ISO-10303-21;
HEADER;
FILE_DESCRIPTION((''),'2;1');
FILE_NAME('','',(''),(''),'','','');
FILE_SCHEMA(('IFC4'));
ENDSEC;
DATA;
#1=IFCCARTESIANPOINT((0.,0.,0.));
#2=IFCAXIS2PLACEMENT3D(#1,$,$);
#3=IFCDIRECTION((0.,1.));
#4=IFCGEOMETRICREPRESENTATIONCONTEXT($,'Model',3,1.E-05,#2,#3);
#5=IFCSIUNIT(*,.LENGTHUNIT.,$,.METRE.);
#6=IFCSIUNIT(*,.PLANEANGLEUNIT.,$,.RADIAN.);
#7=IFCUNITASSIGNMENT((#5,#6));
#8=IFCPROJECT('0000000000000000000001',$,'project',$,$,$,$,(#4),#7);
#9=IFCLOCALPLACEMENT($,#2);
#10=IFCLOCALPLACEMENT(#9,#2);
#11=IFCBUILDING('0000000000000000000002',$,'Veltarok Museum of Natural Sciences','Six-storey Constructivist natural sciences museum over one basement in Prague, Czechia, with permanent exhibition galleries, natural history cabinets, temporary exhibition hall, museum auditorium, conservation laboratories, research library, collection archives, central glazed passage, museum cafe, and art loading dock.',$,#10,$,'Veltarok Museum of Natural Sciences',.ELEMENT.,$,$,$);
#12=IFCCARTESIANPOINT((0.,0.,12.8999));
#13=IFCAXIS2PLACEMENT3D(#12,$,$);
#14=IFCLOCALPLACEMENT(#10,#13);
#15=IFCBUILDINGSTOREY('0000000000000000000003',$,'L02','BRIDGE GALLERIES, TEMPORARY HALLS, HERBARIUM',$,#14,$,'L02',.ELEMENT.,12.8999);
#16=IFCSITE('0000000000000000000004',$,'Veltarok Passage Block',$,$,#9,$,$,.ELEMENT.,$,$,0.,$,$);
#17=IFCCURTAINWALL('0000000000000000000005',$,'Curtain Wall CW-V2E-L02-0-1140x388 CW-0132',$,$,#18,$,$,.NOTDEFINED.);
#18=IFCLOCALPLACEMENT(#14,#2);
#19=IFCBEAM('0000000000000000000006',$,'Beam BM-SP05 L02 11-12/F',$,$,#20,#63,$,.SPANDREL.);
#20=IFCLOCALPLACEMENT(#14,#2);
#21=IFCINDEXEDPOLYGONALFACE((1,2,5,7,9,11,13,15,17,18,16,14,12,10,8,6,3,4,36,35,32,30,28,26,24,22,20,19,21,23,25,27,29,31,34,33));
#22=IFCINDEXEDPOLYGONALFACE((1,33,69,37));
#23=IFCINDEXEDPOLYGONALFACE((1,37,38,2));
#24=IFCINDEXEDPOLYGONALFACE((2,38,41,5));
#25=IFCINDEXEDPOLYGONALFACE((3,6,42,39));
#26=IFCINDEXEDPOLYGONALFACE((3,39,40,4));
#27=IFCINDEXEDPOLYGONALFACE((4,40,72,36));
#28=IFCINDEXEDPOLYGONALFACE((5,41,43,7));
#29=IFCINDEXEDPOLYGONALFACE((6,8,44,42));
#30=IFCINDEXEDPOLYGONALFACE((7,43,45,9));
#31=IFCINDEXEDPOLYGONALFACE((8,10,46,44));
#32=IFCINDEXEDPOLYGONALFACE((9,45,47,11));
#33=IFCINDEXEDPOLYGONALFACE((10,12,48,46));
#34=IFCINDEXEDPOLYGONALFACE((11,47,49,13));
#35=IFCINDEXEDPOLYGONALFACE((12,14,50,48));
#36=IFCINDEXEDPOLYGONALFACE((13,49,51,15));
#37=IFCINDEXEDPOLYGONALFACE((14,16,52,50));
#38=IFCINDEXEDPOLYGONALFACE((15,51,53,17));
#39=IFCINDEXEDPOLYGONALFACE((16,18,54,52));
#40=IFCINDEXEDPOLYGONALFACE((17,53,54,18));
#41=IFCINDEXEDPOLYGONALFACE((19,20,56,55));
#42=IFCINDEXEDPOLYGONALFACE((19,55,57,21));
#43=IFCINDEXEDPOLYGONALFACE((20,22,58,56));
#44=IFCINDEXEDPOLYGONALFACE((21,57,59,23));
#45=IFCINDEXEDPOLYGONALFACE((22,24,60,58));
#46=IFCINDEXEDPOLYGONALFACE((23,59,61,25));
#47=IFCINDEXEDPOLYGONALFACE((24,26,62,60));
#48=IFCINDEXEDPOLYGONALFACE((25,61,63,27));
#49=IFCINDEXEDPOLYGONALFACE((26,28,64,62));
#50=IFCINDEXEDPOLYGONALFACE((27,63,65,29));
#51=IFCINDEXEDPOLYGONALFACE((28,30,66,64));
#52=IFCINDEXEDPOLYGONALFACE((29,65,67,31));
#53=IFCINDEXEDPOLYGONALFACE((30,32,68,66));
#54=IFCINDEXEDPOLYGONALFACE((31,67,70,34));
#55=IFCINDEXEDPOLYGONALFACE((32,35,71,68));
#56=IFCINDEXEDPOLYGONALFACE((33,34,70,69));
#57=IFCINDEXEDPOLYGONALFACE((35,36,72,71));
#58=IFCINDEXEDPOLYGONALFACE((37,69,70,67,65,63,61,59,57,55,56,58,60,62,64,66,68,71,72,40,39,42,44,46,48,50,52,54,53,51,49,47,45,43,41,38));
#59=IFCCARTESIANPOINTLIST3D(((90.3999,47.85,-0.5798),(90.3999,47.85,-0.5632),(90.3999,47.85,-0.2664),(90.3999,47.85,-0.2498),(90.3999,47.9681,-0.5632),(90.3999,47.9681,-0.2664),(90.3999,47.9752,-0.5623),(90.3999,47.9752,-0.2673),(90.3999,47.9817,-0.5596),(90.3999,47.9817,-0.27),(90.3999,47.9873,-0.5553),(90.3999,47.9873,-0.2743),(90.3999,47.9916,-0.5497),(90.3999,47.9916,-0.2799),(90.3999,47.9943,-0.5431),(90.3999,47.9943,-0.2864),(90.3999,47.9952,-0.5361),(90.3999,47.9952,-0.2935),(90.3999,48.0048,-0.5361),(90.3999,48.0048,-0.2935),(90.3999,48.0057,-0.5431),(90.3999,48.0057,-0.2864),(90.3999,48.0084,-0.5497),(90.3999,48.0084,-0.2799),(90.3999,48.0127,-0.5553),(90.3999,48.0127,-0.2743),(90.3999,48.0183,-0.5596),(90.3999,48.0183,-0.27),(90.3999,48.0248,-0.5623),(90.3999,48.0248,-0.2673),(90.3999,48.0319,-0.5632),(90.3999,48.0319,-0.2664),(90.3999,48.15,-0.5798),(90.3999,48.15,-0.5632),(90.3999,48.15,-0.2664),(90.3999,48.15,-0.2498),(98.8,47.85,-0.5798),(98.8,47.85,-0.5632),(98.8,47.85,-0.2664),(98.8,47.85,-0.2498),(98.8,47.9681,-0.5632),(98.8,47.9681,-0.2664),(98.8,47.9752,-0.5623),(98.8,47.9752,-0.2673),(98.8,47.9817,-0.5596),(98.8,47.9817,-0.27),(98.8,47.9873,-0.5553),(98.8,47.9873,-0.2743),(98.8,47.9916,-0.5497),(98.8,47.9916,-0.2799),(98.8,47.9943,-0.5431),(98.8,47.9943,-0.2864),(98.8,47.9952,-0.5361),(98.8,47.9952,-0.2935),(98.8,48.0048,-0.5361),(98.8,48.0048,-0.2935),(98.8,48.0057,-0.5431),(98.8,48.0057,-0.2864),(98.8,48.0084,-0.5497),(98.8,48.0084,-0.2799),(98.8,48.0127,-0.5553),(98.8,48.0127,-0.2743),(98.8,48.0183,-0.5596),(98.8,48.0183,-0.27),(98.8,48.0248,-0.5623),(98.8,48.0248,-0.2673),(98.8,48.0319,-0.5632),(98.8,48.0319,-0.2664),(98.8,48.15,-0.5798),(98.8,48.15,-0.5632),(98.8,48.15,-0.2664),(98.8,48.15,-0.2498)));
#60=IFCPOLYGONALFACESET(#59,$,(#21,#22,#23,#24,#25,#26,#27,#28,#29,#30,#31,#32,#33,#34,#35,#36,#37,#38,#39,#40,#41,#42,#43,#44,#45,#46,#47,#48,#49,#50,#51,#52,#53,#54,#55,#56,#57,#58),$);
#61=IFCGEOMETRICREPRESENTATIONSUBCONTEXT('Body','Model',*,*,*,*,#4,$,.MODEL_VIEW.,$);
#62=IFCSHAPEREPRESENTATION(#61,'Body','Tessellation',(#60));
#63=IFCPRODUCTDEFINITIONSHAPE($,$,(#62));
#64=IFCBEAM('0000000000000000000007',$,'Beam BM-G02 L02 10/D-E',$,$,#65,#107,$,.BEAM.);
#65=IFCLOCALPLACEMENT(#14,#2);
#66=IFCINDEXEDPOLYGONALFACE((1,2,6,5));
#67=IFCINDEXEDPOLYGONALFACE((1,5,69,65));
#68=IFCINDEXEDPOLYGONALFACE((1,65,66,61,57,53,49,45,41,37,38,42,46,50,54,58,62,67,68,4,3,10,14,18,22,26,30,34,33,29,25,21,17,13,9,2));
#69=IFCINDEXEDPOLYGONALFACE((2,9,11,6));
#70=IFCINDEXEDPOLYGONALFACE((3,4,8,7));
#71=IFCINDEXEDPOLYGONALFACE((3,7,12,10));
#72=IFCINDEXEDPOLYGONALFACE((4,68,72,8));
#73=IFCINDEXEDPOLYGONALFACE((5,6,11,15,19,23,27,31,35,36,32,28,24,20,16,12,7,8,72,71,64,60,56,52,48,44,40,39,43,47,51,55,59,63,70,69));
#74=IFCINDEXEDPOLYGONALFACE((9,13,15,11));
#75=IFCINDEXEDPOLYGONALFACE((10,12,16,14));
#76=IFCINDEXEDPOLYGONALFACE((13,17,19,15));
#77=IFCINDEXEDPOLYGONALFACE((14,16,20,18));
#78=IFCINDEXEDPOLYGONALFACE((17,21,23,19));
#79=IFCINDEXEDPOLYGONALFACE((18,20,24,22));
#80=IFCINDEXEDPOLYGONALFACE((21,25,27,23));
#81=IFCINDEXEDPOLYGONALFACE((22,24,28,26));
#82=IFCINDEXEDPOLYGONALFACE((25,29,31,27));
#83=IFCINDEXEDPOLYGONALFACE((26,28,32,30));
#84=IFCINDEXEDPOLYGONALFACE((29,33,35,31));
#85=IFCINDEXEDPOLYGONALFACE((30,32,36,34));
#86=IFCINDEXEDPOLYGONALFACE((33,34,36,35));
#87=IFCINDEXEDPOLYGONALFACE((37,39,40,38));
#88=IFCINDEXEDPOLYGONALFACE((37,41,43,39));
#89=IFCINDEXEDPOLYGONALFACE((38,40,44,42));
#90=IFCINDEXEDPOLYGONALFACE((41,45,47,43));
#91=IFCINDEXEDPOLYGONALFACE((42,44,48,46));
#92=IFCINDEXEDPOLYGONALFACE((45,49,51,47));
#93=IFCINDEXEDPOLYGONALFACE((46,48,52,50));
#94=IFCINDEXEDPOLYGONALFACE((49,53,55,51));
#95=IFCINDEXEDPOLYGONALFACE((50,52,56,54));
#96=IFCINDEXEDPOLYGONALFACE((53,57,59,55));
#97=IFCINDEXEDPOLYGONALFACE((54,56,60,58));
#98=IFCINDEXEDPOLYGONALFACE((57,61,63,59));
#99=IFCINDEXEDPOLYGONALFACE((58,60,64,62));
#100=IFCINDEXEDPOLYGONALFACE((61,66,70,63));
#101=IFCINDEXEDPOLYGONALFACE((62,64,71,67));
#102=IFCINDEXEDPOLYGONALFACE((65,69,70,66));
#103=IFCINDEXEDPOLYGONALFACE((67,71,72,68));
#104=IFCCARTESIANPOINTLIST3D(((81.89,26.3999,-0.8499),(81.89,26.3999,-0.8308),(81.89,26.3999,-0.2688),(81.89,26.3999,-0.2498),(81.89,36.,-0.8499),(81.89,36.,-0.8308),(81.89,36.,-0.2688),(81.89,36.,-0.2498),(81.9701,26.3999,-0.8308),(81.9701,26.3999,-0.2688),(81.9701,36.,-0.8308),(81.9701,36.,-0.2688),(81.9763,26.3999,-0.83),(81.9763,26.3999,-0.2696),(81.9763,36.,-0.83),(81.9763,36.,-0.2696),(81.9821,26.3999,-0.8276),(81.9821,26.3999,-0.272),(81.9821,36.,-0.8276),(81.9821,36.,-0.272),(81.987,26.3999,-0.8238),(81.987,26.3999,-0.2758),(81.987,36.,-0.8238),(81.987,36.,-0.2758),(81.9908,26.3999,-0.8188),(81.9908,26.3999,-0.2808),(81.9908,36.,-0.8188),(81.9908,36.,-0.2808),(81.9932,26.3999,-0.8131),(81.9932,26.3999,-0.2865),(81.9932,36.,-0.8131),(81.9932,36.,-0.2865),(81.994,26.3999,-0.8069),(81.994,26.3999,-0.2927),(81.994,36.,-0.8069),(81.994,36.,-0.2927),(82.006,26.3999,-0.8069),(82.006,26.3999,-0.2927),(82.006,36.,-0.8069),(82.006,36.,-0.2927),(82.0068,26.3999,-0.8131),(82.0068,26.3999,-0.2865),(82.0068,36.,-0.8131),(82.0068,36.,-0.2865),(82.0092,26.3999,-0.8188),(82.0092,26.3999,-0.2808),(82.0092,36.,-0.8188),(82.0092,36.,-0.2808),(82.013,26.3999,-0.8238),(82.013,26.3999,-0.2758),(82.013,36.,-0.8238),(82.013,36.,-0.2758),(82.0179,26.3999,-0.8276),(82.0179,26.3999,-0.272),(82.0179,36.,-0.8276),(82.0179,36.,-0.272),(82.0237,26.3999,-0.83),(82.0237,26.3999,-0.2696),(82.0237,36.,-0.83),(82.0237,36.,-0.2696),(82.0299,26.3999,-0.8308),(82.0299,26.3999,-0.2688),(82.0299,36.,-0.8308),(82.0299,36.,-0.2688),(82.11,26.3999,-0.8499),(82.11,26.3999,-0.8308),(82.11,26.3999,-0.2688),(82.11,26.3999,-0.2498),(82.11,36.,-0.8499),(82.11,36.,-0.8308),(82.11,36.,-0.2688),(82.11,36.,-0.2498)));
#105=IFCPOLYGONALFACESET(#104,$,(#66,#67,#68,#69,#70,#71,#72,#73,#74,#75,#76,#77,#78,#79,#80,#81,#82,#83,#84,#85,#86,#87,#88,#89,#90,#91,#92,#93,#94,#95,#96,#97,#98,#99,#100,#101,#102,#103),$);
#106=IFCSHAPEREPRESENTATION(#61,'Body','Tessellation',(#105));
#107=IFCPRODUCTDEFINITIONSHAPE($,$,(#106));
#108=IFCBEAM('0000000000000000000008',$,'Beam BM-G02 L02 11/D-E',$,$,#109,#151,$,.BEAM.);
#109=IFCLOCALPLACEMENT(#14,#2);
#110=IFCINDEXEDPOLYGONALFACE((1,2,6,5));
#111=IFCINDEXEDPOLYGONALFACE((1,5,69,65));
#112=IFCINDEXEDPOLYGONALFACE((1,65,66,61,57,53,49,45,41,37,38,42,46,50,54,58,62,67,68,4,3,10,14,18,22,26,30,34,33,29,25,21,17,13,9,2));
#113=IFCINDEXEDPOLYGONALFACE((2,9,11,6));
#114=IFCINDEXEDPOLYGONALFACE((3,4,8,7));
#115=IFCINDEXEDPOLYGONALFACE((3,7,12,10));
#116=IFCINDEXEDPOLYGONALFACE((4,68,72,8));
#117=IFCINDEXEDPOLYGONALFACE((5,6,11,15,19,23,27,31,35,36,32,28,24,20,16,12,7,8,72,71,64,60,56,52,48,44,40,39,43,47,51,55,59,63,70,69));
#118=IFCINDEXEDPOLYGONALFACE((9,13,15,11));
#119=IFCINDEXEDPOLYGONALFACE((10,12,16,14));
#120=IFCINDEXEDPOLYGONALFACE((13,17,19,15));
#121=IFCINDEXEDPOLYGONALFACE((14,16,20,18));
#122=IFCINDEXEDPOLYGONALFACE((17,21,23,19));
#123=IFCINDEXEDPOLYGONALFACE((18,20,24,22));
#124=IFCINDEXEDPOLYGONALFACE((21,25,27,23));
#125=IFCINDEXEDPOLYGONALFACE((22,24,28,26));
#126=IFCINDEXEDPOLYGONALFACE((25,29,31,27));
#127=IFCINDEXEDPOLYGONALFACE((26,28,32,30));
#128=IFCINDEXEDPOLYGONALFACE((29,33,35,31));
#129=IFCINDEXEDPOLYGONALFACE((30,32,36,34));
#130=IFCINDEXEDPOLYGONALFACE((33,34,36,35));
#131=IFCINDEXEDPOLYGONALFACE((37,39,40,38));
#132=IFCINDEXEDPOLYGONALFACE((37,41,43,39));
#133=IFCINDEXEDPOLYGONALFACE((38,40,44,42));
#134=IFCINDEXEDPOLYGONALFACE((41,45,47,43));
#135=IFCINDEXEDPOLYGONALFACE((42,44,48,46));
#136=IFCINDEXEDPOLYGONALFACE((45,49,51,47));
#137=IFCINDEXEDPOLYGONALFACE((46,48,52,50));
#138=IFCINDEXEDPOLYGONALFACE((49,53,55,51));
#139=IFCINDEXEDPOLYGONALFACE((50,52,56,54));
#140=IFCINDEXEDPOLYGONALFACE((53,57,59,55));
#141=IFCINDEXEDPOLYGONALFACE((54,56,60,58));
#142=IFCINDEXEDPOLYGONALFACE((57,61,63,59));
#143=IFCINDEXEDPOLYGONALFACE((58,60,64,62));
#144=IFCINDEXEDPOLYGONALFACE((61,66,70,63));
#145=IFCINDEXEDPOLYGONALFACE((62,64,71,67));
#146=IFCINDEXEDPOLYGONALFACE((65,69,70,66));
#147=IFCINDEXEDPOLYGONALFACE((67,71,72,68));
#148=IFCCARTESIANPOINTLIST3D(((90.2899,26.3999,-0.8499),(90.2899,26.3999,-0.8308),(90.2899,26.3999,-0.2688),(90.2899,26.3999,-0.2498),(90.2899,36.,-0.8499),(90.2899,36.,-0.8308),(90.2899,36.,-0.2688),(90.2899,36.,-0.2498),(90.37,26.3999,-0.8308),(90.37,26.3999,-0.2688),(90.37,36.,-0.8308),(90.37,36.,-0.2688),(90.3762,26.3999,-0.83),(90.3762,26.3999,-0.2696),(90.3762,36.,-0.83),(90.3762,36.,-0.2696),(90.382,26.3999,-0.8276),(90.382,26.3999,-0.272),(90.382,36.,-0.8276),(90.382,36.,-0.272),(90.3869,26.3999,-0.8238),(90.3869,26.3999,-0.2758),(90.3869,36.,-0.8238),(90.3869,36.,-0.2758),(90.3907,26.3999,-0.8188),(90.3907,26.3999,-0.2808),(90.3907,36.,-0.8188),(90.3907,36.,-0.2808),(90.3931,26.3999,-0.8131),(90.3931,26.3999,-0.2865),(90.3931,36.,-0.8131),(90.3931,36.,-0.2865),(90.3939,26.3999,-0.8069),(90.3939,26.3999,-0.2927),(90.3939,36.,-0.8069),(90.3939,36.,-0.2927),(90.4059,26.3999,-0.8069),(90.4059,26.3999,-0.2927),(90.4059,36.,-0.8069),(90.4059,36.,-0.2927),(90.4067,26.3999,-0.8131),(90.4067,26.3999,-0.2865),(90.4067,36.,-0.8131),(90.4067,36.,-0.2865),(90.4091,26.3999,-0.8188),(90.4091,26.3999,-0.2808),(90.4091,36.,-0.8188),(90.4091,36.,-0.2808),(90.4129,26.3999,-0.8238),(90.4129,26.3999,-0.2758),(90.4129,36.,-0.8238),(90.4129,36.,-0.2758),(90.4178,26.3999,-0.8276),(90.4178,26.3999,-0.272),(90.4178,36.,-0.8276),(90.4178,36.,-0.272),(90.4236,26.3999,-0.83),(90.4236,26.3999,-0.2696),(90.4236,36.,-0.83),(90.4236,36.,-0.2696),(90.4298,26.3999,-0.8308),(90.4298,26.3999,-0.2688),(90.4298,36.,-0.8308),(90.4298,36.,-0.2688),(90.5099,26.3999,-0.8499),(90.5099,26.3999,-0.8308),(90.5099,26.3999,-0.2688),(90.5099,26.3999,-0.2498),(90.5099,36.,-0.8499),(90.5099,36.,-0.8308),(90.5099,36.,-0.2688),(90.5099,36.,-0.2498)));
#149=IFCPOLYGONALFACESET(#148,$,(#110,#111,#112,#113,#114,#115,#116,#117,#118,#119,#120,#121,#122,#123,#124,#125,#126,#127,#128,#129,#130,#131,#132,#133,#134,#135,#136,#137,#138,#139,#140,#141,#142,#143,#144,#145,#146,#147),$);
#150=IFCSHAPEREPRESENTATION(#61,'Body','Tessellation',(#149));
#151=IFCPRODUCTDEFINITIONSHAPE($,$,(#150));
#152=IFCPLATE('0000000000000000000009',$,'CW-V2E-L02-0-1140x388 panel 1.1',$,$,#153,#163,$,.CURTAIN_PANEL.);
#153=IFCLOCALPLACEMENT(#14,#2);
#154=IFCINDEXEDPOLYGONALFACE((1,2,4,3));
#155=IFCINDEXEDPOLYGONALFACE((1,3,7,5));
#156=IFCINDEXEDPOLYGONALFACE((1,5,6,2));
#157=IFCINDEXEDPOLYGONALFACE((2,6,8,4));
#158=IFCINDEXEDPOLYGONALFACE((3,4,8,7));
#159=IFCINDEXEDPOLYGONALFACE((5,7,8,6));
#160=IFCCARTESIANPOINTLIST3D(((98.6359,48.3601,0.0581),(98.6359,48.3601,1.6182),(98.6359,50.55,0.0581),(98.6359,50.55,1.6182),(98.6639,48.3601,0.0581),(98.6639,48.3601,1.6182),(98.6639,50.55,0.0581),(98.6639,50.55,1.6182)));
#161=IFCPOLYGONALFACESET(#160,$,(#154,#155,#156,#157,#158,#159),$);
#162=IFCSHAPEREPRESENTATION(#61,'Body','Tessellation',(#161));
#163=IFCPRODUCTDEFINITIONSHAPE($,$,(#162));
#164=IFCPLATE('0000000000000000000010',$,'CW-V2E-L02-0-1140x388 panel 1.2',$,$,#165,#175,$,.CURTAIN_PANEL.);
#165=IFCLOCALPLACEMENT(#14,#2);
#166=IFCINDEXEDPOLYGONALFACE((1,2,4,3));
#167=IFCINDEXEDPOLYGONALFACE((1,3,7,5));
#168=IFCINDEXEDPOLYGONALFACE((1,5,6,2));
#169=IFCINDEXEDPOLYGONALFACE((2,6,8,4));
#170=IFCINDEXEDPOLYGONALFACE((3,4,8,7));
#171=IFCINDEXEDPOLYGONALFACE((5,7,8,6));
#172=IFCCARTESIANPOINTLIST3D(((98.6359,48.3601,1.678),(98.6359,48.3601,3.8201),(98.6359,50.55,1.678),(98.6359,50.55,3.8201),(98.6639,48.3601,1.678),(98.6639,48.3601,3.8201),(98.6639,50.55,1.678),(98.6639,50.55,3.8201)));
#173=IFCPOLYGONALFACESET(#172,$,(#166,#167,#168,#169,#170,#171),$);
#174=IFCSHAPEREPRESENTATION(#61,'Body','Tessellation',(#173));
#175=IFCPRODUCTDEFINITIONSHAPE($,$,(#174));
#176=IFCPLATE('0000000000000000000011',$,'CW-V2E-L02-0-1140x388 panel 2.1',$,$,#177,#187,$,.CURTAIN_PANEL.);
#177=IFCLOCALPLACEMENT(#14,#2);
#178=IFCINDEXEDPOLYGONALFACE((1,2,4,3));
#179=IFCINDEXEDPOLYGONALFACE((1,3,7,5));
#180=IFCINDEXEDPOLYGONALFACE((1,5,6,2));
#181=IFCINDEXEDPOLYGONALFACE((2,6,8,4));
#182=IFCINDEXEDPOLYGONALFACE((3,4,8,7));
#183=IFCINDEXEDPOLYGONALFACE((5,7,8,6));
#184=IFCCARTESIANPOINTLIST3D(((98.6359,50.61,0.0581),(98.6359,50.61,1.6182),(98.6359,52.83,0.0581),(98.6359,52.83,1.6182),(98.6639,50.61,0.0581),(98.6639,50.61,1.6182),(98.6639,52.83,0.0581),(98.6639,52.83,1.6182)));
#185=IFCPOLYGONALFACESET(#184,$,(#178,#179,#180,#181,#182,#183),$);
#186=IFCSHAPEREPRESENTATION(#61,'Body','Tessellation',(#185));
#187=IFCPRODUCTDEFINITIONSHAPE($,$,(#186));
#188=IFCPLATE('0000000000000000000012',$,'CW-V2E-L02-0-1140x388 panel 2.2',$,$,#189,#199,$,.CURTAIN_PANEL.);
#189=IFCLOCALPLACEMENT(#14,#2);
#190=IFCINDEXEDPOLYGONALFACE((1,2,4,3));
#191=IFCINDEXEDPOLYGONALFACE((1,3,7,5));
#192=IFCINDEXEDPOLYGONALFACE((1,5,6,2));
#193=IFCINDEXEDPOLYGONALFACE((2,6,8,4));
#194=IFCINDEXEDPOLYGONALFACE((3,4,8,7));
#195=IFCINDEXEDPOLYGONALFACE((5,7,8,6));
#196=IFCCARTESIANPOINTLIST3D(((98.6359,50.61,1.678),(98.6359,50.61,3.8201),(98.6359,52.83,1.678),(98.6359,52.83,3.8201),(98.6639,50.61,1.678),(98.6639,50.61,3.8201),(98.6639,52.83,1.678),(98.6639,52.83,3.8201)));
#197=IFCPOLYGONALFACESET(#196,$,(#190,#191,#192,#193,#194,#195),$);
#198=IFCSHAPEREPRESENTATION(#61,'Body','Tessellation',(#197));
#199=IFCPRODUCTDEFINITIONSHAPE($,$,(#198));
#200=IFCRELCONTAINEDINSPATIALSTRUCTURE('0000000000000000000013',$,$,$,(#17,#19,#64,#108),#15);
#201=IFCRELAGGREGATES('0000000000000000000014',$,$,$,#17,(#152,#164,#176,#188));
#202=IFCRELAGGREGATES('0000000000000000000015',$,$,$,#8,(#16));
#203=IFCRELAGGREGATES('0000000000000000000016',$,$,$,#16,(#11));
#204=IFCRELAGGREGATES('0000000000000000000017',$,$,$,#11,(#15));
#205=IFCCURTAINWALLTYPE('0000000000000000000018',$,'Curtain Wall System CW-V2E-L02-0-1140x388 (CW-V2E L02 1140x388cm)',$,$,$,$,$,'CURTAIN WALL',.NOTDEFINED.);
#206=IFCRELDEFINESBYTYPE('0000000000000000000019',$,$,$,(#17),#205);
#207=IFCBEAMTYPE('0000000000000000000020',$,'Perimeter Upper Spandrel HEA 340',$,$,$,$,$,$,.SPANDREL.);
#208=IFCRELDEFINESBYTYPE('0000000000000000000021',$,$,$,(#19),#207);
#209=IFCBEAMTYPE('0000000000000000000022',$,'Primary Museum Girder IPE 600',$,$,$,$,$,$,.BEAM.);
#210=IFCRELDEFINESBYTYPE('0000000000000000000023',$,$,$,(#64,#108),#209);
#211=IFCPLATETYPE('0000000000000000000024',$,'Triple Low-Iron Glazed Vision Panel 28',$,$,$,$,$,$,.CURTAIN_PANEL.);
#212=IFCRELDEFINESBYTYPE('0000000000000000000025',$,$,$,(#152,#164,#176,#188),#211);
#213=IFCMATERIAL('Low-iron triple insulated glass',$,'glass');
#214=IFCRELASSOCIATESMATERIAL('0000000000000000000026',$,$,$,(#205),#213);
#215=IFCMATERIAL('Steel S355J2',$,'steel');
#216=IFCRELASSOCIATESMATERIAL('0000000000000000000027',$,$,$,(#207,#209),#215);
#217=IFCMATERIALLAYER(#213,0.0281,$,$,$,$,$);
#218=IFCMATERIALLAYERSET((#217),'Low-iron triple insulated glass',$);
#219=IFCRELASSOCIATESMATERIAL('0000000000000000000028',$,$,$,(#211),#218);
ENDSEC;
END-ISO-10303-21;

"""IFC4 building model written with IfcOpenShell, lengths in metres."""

from ifc_helpers import new_model, si_unit, direction, frame, origin, origin_2d, place, context, subcontext, project, spatial, rectangle, i_section, extrude, material, layer, layer_set, material_profile, profile_set, type_object, element, aggregate, save


model = new_model("IFC4")

# Units and contexts
model_context = context("Model", 3, precision=1e-05, world=origin(), true_north=direction((0.0, 1.0)))
body_context = subcontext(model_context, "Body", "Model", "MODEL_VIEW")
ifc_project = project(units=[si_unit("LENGTHUNIT", "METRE"), si_unit("PLANEANGLEUNIT", "RADIAN")], contexts=[model_context])

# Site, building, storey
site_placement = place(None, origin())
site = spatial("IfcSite", under=ifc_project, at=site_placement, Name="Veltarok Passage Block", CompositionType="ELEMENT", RefElevation=0.0)
building_placement = place(site_placement, origin())
building = spatial("IfcBuilding", under=site, at=building_placement, Name="Veltarok Museum of Natural Sciences", Description="Six-storey Constructivist natural sciences museum over one basement in Prague, Czechia, with permanent exhibition galleries, natural history cabinets, temporary exhibition hall, museum auditorium, conservation laboratories, research library, collection archives, central glazed passage, museum cafe, and art loading dock.", LongName="Veltarok Museum of Natural Sciences", CompositionType="ELEMENT")
storey_placement = place(building_placement, frame((0.0, 0.0, 12.8999)))
storey = spatial("IfcBuildingStorey", under=building, at=storey_placement, Name="L02", Description="BRIDGE GALLERIES, TEMPORARY HALLS, HERBARIUM", LongName="L02", CompositionType="ELEMENT", Elevation=12.8999)

# Shared definitions
ifc_material_1 = material(Name="Steel S355J2", Category="steel")

# Curtain wall
ifc_material_2 = material(Name="Low-iron triple insulated glass", Category="glass")
curtain_wall_type = type_object("IfcCurtainWallType", Name="Curtain Wall System CW-V2E-L02-0-1140x388 (CW-V2E L02 1140x388cm)", ElementType="CURTAIN WALL", PredefinedType="NOTDEFINED", material=ifc_material_2)
curtain_wall_placement = place(storey_placement, origin())
curtain_wall = element("IfcCurtainWall", 1, at=curtain_wall_placement, inside=storey, type_object=curtain_wall_type, Name="Curtain Wall CW-V2E-L02-0-1140x388 CW-0132", PredefinedType="NOTDEFINED")

# Beams
ifc_material_profile_1 = material_profile(ifc_material_1, i_section(OverallWidth=0.3, OverallDepth=0.3301, WebThickness=0.0095, FlangeThickness=0.0166, FilletRadius=0.0271, at=origin_2d()), Name="HEA 340")
ifc_profile_set_1 = profile_set([ifc_material_profile_1], Name="Steel S355J2")
beam_type_1 = type_object("IfcBeamType", Name="Perimeter Upper Spandrel HEA 340", PredefinedType="SPANDREL", material=ifc_profile_set_1)
for number, where, z_axis, x_axis, name in (
    (2, (90.3999, 48.0, -0.4148), (1.0, 0.0, 0.0), (0.0, 1.0, 0.0), "Beam BM-SP05 L02 11-12/F"),
):
    element("IfcBeam", number, at=place(storey_placement, frame(where, z_axis=z_axis, x_axis=x_axis)), inside=storey, type_object=beam_type_1, Name=name, PredefinedType="SPANDREL", context=body_context, shape_type="SweptSolid", body=[
        extrude(i_section(OverallWidth=0.3, OverallDepth=0.3301, WebThickness=0.0095, FlangeThickness=0.0166, FilletRadius=0.0271, at=origin_2d()), origin(), (0.0, 0.0, 1.0), 8.4001),
    ])
ifc_material_profile_2 = material_profile(ifc_material_1, i_section(OverallWidth=0.22, OverallDepth=0.6001, WebThickness=0.012, FlangeThickness=0.019, FilletRadius=0.0239, at=origin_2d()), Name="IPE 600")
ifc_profile_set_2 = profile_set([ifc_material_profile_2], Name="Steel S355J2")
beam_type_2 = type_object("IfcBeamType", Name="Primary Museum Girder IPE 600", PredefinedType="BEAM", material=ifc_profile_set_2)
for number, where, z_axis, x_axis, name in (
    (3, (82.0, 26.3999, -0.5498), (0.0, 1.0, 0.0), (-1.0, 0.0, 0.0), "Beam BM-G02 L02 10/D-E"),
    (4, (90.3999, 26.3999, -0.5498), (0.0, 1.0, 0.0), (-1.0, 0.0, 0.0), "Beam BM-G02 L02 11/D-E"),
):
    element("IfcBeam", number, at=place(storey_placement, frame(where, z_axis=z_axis, x_axis=x_axis)), inside=storey, type_object=beam_type_2, Name=name, PredefinedType="BEAM", context=body_context, shape_type="SweptSolid", body=[
        extrude(i_section(OverallWidth=0.22, OverallDepth=0.6001, WebThickness=0.012, FlangeThickness=0.019, FilletRadius=0.0239, at=origin_2d()), origin(), (0.0, 0.0, 1.0), 9.6001),
    ])

# Plates
ifc_layer_1 = layer(ifc_material_2, 0.0281)
ifc_layer_set_1 = layer_set([ifc_layer_1], Name="Low-iron triple insulated glass")
plate_type = type_object("IfcPlateType", Name="Triple Low-Iron Glazed Vision Panel 28", PredefinedType="CURTAIN_PANEL", material=ifc_layer_set_1)
plate_1_placement = place(storey_placement, frame((98.6499, 49.4551, 0.0581), z_axis=(0.0, 0.0, 1.0), x_axis=(0.0, 1.0, 0.0)))
plate_1 = element("IfcPlate", 5, at=plate_1_placement, type_object=plate_type, Name="CW-V2E-L02-0-1140x388 panel 1.1", PredefinedType="CURTAIN_PANEL", context=body_context, shape_type="SweptSolid", body=[
    extrude(rectangle(XDim=2.1899, YDim=0.0281, at=origin_2d()), origin(), (0.0, 0.0, 1.0), 1.5601),
])
plate_2_placement = place(storey_placement, frame((98.6499, 49.4551, 1.678), z_axis=(0.0, 0.0, 1.0), x_axis=(0.0, 1.0, 0.0)))
plate_2 = element("IfcPlate", 6, at=plate_2_placement, type_object=plate_type, Name="CW-V2E-L02-0-1140x388 panel 1.2", PredefinedType="CURTAIN_PANEL", context=body_context, shape_type="SweptSolid", body=[
    extrude(rectangle(XDim=2.1899, YDim=0.0281, at=origin_2d()), origin(), (0.0, 0.0, 1.0), 2.1421),
])
plate_3_placement = place(storey_placement, frame((98.6499, 51.72, 0.0581), z_axis=(0.0, 0.0, 1.0), x_axis=(0.0, 1.0, 0.0)))
plate_3 = element("IfcPlate", 7, at=plate_3_placement, type_object=plate_type, Name="CW-V2E-L02-0-1140x388 panel 2.1", PredefinedType="CURTAIN_PANEL", context=body_context, shape_type="SweptSolid", body=[
    extrude(rectangle(XDim=2.22, YDim=0.0281, at=origin_2d()), origin(), (0.0, 0.0, 1.0), 1.5601),
])
plate_4_placement = place(storey_placement, frame((98.6499, 51.72, 1.678), z_axis=(0.0, 0.0, 1.0), x_axis=(0.0, 1.0, 0.0)))
plate_4 = element("IfcPlate", 8, at=plate_4_placement, type_object=plate_type, Name="CW-V2E-L02-0-1140x388 panel 2.2", PredefinedType="CURTAIN_PANEL", context=body_context, shape_type="SweptSolid", body=[
    extrude(rectangle(XDim=2.22, YDim=0.0281, at=origin_2d()), origin(), (0.0, 0.0, 1.0), 2.1421),
])
aggregate(curtain_wall, [plate_1, plate_2, plate_3, plate_4])

save(model, "model.ifc")
